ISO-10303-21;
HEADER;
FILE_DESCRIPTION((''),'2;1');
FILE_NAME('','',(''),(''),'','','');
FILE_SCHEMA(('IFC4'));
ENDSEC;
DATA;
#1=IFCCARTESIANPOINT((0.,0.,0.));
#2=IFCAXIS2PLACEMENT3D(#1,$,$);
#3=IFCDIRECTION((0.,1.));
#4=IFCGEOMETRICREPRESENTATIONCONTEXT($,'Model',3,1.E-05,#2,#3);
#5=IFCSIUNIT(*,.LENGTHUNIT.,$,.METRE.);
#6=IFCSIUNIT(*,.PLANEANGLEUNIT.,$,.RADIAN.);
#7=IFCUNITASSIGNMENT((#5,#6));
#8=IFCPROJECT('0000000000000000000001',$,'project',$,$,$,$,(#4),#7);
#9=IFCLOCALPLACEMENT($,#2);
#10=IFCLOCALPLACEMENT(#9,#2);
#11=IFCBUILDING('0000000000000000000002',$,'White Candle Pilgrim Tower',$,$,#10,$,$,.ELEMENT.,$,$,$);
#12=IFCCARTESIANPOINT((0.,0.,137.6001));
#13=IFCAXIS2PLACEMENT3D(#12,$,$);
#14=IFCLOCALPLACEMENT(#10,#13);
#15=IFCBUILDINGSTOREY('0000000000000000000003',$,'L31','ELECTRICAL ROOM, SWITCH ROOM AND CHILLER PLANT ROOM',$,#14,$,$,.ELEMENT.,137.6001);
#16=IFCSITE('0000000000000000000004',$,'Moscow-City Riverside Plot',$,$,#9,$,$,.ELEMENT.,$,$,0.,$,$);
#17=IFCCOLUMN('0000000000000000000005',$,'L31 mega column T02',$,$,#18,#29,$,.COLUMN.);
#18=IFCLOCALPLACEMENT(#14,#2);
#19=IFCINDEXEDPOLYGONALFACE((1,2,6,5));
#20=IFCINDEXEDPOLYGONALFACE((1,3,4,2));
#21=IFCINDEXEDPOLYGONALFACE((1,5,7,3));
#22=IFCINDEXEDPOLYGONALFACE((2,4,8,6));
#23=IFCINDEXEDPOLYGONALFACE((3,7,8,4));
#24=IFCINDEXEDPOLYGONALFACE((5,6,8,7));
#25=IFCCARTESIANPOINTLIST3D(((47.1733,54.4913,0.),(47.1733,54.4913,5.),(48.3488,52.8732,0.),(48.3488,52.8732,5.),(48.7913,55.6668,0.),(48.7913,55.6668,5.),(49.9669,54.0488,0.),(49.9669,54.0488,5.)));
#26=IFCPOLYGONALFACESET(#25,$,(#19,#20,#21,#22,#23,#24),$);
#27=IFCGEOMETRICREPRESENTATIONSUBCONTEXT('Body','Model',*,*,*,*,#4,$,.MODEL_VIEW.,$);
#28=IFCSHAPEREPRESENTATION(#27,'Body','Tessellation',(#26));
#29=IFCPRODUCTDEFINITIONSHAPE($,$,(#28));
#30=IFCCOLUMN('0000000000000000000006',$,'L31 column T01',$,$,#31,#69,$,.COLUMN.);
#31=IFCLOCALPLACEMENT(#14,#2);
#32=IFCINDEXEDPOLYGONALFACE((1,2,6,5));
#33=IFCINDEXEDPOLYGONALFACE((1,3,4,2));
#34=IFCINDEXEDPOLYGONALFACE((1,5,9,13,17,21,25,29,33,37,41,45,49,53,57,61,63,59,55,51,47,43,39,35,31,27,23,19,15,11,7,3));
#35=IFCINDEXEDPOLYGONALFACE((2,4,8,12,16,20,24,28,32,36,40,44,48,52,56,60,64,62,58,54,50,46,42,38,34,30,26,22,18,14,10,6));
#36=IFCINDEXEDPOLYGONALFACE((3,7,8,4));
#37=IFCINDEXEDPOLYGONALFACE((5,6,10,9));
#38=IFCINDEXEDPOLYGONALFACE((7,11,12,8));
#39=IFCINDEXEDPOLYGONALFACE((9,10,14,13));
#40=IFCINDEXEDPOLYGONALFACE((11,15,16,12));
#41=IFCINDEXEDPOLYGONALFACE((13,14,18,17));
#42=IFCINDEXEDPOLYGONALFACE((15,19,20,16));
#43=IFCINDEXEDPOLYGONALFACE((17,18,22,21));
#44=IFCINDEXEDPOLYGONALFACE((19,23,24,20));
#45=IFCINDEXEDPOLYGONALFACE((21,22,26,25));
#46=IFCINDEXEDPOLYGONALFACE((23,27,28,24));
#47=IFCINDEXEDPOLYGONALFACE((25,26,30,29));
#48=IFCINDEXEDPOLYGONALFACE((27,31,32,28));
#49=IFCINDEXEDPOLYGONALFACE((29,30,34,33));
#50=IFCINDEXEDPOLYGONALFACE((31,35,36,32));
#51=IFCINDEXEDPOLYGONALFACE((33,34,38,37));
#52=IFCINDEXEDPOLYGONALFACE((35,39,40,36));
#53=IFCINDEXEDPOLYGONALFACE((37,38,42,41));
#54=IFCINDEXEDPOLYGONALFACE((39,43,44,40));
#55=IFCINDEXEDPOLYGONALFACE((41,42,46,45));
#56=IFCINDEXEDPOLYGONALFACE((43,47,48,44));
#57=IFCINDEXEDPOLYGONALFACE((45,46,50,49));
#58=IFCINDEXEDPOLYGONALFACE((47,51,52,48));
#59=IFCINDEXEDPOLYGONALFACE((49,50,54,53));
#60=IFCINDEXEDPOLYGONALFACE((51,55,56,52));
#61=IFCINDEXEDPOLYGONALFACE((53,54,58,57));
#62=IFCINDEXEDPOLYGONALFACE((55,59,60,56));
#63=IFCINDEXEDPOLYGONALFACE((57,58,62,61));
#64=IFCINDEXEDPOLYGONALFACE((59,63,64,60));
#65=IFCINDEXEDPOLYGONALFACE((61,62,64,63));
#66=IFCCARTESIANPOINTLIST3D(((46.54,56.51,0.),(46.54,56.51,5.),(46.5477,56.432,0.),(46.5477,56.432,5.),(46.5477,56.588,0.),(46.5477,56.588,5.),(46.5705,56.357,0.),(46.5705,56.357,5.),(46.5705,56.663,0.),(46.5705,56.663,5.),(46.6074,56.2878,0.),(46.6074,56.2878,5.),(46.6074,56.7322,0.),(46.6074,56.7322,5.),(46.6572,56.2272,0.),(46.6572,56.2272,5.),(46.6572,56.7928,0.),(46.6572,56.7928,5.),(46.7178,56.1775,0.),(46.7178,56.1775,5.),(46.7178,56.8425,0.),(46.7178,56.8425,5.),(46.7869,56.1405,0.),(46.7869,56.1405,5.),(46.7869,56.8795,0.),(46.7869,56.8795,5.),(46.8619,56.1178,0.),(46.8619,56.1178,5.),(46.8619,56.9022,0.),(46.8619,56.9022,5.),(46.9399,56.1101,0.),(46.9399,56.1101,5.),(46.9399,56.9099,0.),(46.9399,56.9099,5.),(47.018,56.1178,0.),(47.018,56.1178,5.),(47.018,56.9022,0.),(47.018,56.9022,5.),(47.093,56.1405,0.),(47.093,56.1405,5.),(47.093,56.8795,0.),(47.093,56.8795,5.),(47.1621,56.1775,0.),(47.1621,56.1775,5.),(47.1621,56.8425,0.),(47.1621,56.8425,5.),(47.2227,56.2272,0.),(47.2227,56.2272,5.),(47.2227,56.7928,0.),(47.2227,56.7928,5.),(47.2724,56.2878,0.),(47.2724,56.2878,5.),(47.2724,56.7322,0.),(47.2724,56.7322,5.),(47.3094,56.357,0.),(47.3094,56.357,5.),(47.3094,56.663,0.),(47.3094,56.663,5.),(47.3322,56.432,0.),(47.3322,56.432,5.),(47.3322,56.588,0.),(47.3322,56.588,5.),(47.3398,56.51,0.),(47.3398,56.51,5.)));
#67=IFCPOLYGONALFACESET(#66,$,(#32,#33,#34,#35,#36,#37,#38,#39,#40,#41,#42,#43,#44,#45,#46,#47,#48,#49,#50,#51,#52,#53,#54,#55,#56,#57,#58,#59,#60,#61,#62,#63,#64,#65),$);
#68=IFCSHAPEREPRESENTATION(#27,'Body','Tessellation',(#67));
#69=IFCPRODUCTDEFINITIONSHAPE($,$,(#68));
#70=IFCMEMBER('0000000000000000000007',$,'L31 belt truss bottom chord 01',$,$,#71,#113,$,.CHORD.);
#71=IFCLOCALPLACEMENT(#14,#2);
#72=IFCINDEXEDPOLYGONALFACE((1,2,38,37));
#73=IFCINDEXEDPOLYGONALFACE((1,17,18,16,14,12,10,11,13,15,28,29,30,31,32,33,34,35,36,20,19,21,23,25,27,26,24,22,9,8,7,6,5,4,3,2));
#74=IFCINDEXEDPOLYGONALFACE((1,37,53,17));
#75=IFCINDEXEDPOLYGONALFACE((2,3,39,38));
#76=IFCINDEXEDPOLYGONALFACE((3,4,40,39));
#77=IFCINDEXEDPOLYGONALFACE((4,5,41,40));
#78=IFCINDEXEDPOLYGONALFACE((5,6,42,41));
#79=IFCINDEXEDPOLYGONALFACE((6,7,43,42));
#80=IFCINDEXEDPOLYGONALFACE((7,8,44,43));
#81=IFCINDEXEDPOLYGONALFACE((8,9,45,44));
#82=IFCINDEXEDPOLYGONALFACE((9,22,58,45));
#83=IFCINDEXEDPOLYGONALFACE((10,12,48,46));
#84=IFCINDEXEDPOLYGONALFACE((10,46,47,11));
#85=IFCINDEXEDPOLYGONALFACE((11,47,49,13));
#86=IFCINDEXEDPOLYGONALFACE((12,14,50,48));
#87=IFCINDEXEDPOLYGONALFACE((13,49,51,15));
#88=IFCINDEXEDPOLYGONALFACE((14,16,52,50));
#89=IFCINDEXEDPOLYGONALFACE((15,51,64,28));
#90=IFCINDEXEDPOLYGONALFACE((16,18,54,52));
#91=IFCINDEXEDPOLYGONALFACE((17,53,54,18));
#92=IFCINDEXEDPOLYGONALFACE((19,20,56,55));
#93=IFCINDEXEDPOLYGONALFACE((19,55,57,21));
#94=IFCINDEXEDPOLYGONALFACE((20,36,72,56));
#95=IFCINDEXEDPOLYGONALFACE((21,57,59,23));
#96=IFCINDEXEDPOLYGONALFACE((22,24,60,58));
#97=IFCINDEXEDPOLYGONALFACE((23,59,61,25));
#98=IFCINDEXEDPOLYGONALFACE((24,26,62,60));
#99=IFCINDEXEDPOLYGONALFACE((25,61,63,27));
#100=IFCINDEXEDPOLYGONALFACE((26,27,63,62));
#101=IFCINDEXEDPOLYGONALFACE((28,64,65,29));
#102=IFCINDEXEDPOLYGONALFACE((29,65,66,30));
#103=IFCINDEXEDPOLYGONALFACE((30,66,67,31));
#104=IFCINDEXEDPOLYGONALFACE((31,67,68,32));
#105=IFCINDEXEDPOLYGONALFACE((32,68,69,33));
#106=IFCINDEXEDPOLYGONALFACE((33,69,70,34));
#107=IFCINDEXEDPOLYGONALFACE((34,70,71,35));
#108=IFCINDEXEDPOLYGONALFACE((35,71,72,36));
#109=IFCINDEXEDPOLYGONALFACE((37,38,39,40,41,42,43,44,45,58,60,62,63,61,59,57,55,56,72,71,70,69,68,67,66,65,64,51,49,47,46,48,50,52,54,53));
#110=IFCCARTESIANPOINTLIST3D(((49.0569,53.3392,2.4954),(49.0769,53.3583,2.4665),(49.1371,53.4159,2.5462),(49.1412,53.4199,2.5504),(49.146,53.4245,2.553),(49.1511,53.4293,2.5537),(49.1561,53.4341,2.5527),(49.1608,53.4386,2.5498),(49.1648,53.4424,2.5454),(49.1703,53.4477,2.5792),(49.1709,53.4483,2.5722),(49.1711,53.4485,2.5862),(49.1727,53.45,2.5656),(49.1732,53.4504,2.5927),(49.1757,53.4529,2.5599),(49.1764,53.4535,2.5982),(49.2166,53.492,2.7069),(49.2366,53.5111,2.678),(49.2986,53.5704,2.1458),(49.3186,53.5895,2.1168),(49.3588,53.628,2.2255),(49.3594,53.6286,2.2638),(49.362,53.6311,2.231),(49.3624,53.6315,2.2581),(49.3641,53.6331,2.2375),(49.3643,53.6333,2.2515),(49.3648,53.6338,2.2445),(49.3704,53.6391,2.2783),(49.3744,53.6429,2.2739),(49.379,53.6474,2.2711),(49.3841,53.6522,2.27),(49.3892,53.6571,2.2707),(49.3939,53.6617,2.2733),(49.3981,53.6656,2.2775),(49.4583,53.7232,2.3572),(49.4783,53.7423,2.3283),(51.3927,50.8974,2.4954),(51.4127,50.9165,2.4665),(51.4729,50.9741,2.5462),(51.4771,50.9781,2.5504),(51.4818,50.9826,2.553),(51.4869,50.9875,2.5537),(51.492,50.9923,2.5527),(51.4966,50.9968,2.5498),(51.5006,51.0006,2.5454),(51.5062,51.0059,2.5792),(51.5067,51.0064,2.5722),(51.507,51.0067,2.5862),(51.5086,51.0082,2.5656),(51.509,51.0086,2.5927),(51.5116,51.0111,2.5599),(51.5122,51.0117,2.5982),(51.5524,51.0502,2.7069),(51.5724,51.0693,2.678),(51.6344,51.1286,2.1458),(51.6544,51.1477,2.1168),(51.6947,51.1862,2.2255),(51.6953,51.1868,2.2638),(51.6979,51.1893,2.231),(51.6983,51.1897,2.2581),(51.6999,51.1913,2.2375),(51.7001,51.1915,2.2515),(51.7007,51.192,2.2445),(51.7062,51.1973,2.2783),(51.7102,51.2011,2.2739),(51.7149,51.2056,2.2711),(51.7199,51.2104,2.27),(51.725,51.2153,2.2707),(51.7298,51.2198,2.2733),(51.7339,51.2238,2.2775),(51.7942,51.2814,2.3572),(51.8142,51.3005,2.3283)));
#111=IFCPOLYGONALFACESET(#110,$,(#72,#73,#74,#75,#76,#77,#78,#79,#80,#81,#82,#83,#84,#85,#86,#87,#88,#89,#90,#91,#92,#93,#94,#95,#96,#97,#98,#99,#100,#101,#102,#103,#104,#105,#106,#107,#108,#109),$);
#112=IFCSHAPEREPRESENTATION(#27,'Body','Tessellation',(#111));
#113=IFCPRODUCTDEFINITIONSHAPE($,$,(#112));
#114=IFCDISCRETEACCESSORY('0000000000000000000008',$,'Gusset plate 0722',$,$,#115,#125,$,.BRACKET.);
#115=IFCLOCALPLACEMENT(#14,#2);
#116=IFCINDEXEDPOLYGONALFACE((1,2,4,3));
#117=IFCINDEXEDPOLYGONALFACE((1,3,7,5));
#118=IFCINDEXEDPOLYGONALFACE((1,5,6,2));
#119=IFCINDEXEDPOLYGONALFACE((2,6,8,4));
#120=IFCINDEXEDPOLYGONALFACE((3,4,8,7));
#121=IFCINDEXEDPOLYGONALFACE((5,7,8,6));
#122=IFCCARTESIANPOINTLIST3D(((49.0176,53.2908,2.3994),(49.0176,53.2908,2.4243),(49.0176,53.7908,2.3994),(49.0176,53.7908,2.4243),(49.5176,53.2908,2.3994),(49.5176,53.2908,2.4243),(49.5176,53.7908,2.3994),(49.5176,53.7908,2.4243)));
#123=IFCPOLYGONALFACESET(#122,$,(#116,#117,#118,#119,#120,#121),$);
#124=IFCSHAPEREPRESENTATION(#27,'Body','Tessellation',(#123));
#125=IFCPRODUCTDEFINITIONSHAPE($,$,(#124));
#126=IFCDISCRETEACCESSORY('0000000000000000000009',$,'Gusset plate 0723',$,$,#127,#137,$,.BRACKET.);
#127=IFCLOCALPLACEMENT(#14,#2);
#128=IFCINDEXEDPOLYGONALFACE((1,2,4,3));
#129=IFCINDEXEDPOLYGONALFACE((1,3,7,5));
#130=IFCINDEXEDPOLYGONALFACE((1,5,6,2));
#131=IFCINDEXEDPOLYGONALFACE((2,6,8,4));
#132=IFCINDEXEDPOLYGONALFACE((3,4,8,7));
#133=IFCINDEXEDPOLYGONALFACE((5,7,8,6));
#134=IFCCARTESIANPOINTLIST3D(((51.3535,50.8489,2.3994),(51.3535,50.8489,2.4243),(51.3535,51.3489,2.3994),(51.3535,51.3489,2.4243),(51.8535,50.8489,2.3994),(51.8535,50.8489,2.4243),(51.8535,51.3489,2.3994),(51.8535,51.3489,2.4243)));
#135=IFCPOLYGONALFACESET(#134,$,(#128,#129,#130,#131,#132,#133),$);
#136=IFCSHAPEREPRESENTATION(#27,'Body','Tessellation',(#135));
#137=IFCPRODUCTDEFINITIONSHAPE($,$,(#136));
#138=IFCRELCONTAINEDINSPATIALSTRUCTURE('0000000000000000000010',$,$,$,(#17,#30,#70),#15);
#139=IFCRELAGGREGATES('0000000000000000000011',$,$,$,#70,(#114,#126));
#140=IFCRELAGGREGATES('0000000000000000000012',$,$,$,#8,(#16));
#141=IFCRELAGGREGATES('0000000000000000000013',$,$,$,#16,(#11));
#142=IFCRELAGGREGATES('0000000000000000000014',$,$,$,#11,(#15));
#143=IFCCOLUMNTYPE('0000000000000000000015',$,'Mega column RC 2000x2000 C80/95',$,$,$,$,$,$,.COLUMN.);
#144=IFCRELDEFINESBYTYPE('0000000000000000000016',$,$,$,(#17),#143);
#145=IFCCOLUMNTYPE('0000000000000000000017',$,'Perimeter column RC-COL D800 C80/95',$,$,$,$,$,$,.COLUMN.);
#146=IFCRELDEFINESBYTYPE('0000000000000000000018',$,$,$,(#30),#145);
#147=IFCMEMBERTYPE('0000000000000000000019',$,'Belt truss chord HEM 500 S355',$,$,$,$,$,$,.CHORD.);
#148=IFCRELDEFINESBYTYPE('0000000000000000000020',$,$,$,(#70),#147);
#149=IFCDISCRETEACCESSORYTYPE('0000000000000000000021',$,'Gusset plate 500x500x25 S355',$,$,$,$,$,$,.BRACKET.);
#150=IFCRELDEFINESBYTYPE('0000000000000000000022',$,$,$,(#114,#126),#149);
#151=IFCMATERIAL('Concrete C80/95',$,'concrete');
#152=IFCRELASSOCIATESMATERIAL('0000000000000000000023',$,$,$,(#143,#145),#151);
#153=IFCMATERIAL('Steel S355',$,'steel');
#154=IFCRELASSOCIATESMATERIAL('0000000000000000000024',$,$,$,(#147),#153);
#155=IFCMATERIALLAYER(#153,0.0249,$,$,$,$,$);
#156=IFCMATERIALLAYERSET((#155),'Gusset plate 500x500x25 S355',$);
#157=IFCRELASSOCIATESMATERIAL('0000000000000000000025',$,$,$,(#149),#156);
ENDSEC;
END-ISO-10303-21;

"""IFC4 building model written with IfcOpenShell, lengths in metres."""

from ifc_helpers import new_model, si_unit, direction, frame, origin, origin_2d, place, context, subcontext, project, spatial, rectangle, circle, i_section, extrude, material, layer, layer_set, material_profile, profile_set, type_object, element, aggregate, save


model = new_model("IFC4")

# Units and contexts
model_context = context("Model", 3, precision=1e-05, world=origin(), true_north=direction((0.0, 1.0)))
body_context = subcontext(model_context, "Body", "Model", "MODEL_VIEW")
ifc_project = project(units=[si_unit("LENGTHUNIT", "METRE"), si_unit("PLANEANGLEUNIT", "RADIAN")], contexts=[model_context])

# Site, building, storey
site_placement = place(None, origin())
site = spatial("IfcSite", under=ifc_project, at=site_placement, Name="Moscow-City Riverside Plot", CompositionType="ELEMENT", RefElevation=0.0)
building_placement = place(site_placement, origin())
building = spatial("IfcBuilding", under=site, at=building_placement, Name="White Candle Pilgrim Tower", CompositionType="ELEMENT")
storey_placement = place(building_placement, frame((0.0, 0.0, 137.6001)))
storey = spatial("IfcBuildingStorey", under=building, at=storey_placement, Name="L31", Description="ELECTRICAL ROOM, SWITCH ROOM AND CHILLER PLANT ROOM", CompositionType="ELEMENT", Elevation=137.6001)

# Columns
ifc_material_1 = material(Name="Concrete C80/95", Category="concrete")
ifc_material_profile_1 = material_profile(ifc_material_1, rectangle(XDim=2.0, YDim=2.0, at=origin_2d()), Name="RC 2000x2000")
ifc_profile_set_1 = profile_set([ifc_material_profile_1], Name="Concrete C80/95")
column_type_1 = type_object("IfcColumnType", Name="Mega column RC 2000x2000 C80/95", PredefinedType="COLUMN", material=ifc_profile_set_1)
column_1_placement = place(storey_placement, frame((48.5701, 54.27, 0.0), z_axis=(0.0, 0.0, 1.0), x_axis=(-0.809017, -0.587785, 0.0)))
element("IfcColumn", 1, at=column_1_placement, inside=storey, type_object=column_type_1, Name="L31 mega column T02", PredefinedType="COLUMN", context=body_context, shape_type="SweptSolid", body=[
    extrude(rectangle(XDim=2.0, YDim=2.0, at=origin_2d()), origin(), (0.0, 0.0, 1.0), 5.0),
])
ifc_material_profile_2 = material_profile(ifc_material_1, circle(Radius=0.3999, at=origin_2d()), Name="RC-COL D800")
ifc_profile_set_2 = profile_set([ifc_material_profile_2], Name="Concrete C80/95")
column_type_2 = type_object("IfcColumnType", Name="Perimeter column RC-COL D800 C80/95", PredefinedType="COLUMN", material=ifc_profile_set_2)
column_2_placement = place(storey_placement, frame((46.9399, 56.51, 0.0), z_axis=(0.0, 0.0, 1.0), x_axis=(1.0, 0.0, 0.0)))
element("IfcColumn", 2, at=column_2_placement, inside=storey, type_object=column_type_2, Name="L31 column T01", PredefinedType="COLUMN", context=body_context, shape_type="SweptSolid", body=[
    extrude(circle(Radius=0.3999, at=origin_2d()), origin(), (0.0, 0.0, 1.0), 5.0),
])

# Member
ifc_material_2 = material(Name="Steel S355", Category="steel")
ifc_material_profile_3 = material_profile(ifc_material_2, i_section(OverallWidth=0.3059, OverallDepth=0.5239, WebThickness=0.021, FlangeThickness=0.04, FilletRadius=0.0271, at=origin_2d()), Name="HEM 500")
ifc_profile_set_3 = profile_set([ifc_material_profile_3], Name="Steel S355")
member_type_1 = type_object("IfcMemberType", Name="Belt truss chord HEM 500 S355", PredefinedType="CHORD", material=ifc_profile_set_3)
member_1_placement = place(storey_placement, frame((49.2676, 53.5408, 2.4119), z_axis=(0.691255, -0.72261, 0.0), x_axis=(0.52216, 0.499503, 0.691264)))
member_1 = element("IfcMember", 3, at=member_1_placement, inside=storey, type_object=member_type_1, Name="L31 belt truss bottom chord 01", PredefinedType="CHORD", context=body_context, shape_type="SweptSolid", body=[
    extrude(i_section(OverallWidth=0.3059, OverallDepth=0.5239, WebThickness=0.021, FlangeThickness=0.04, FilletRadius=0.0271, at=origin_2d()), origin(), (0.0, 0.0, 1.0), 3.3792),
])

# Discrete accessories
ifc_layer_1 = layer(ifc_material_2, 0.0249)
ifc_layer_set_1 = layer_set([ifc_layer_1], Name="Gusset plate 500x500x25 S355")
discrete_accessory_type = type_object("IfcDiscreteAccessoryType", Name="Gusset plate 500x500x25 S355", PredefinedType="BRACKET", material=ifc_layer_set_1)
discrete_accessory_1_placement = place(storey_placement, frame((49.2676, 53.5408, 2.3994), z_axis=(0.0, 0.0, 1.0), x_axis=(1.0, 0.0, 0.0)))
discrete_accessory_1 = element("IfcDiscreteAccessory", 4, at=discrete_accessory_1_placement, type_object=discrete_accessory_type, Name="Gusset plate 0722", PredefinedType="BRACKET", context=body_context, shape_type="SweptSolid", body=[
    extrude(rectangle(XDim=0.5, YDim=0.5, at=origin_2d()), origin(), (0.0, 0.0, 1.0), 0.0249),
])
discrete_accessory_2_placement = place(storey_placement, frame((51.6035, 51.0989, 2.3994), z_axis=(0.0, 0.0, 1.0), x_axis=(1.0, 0.0, 0.0)))
discrete_accessory_2 = element("IfcDiscreteAccessory", 5, at=discrete_accessory_2_placement, type_object=discrete_accessory_type, Name="Gusset plate 0723", PredefinedType="BRACKET", context=body_context, shape_type="SweptSolid", body=[
    extrude(rectangle(XDim=0.5, YDim=0.5, at=origin_2d()), origin(), (0.0, 0.0, 1.0), 0.0249),
])
aggregate(member_1, [discrete_accessory_1, discrete_accessory_2])

save(model, "model.ifc")
